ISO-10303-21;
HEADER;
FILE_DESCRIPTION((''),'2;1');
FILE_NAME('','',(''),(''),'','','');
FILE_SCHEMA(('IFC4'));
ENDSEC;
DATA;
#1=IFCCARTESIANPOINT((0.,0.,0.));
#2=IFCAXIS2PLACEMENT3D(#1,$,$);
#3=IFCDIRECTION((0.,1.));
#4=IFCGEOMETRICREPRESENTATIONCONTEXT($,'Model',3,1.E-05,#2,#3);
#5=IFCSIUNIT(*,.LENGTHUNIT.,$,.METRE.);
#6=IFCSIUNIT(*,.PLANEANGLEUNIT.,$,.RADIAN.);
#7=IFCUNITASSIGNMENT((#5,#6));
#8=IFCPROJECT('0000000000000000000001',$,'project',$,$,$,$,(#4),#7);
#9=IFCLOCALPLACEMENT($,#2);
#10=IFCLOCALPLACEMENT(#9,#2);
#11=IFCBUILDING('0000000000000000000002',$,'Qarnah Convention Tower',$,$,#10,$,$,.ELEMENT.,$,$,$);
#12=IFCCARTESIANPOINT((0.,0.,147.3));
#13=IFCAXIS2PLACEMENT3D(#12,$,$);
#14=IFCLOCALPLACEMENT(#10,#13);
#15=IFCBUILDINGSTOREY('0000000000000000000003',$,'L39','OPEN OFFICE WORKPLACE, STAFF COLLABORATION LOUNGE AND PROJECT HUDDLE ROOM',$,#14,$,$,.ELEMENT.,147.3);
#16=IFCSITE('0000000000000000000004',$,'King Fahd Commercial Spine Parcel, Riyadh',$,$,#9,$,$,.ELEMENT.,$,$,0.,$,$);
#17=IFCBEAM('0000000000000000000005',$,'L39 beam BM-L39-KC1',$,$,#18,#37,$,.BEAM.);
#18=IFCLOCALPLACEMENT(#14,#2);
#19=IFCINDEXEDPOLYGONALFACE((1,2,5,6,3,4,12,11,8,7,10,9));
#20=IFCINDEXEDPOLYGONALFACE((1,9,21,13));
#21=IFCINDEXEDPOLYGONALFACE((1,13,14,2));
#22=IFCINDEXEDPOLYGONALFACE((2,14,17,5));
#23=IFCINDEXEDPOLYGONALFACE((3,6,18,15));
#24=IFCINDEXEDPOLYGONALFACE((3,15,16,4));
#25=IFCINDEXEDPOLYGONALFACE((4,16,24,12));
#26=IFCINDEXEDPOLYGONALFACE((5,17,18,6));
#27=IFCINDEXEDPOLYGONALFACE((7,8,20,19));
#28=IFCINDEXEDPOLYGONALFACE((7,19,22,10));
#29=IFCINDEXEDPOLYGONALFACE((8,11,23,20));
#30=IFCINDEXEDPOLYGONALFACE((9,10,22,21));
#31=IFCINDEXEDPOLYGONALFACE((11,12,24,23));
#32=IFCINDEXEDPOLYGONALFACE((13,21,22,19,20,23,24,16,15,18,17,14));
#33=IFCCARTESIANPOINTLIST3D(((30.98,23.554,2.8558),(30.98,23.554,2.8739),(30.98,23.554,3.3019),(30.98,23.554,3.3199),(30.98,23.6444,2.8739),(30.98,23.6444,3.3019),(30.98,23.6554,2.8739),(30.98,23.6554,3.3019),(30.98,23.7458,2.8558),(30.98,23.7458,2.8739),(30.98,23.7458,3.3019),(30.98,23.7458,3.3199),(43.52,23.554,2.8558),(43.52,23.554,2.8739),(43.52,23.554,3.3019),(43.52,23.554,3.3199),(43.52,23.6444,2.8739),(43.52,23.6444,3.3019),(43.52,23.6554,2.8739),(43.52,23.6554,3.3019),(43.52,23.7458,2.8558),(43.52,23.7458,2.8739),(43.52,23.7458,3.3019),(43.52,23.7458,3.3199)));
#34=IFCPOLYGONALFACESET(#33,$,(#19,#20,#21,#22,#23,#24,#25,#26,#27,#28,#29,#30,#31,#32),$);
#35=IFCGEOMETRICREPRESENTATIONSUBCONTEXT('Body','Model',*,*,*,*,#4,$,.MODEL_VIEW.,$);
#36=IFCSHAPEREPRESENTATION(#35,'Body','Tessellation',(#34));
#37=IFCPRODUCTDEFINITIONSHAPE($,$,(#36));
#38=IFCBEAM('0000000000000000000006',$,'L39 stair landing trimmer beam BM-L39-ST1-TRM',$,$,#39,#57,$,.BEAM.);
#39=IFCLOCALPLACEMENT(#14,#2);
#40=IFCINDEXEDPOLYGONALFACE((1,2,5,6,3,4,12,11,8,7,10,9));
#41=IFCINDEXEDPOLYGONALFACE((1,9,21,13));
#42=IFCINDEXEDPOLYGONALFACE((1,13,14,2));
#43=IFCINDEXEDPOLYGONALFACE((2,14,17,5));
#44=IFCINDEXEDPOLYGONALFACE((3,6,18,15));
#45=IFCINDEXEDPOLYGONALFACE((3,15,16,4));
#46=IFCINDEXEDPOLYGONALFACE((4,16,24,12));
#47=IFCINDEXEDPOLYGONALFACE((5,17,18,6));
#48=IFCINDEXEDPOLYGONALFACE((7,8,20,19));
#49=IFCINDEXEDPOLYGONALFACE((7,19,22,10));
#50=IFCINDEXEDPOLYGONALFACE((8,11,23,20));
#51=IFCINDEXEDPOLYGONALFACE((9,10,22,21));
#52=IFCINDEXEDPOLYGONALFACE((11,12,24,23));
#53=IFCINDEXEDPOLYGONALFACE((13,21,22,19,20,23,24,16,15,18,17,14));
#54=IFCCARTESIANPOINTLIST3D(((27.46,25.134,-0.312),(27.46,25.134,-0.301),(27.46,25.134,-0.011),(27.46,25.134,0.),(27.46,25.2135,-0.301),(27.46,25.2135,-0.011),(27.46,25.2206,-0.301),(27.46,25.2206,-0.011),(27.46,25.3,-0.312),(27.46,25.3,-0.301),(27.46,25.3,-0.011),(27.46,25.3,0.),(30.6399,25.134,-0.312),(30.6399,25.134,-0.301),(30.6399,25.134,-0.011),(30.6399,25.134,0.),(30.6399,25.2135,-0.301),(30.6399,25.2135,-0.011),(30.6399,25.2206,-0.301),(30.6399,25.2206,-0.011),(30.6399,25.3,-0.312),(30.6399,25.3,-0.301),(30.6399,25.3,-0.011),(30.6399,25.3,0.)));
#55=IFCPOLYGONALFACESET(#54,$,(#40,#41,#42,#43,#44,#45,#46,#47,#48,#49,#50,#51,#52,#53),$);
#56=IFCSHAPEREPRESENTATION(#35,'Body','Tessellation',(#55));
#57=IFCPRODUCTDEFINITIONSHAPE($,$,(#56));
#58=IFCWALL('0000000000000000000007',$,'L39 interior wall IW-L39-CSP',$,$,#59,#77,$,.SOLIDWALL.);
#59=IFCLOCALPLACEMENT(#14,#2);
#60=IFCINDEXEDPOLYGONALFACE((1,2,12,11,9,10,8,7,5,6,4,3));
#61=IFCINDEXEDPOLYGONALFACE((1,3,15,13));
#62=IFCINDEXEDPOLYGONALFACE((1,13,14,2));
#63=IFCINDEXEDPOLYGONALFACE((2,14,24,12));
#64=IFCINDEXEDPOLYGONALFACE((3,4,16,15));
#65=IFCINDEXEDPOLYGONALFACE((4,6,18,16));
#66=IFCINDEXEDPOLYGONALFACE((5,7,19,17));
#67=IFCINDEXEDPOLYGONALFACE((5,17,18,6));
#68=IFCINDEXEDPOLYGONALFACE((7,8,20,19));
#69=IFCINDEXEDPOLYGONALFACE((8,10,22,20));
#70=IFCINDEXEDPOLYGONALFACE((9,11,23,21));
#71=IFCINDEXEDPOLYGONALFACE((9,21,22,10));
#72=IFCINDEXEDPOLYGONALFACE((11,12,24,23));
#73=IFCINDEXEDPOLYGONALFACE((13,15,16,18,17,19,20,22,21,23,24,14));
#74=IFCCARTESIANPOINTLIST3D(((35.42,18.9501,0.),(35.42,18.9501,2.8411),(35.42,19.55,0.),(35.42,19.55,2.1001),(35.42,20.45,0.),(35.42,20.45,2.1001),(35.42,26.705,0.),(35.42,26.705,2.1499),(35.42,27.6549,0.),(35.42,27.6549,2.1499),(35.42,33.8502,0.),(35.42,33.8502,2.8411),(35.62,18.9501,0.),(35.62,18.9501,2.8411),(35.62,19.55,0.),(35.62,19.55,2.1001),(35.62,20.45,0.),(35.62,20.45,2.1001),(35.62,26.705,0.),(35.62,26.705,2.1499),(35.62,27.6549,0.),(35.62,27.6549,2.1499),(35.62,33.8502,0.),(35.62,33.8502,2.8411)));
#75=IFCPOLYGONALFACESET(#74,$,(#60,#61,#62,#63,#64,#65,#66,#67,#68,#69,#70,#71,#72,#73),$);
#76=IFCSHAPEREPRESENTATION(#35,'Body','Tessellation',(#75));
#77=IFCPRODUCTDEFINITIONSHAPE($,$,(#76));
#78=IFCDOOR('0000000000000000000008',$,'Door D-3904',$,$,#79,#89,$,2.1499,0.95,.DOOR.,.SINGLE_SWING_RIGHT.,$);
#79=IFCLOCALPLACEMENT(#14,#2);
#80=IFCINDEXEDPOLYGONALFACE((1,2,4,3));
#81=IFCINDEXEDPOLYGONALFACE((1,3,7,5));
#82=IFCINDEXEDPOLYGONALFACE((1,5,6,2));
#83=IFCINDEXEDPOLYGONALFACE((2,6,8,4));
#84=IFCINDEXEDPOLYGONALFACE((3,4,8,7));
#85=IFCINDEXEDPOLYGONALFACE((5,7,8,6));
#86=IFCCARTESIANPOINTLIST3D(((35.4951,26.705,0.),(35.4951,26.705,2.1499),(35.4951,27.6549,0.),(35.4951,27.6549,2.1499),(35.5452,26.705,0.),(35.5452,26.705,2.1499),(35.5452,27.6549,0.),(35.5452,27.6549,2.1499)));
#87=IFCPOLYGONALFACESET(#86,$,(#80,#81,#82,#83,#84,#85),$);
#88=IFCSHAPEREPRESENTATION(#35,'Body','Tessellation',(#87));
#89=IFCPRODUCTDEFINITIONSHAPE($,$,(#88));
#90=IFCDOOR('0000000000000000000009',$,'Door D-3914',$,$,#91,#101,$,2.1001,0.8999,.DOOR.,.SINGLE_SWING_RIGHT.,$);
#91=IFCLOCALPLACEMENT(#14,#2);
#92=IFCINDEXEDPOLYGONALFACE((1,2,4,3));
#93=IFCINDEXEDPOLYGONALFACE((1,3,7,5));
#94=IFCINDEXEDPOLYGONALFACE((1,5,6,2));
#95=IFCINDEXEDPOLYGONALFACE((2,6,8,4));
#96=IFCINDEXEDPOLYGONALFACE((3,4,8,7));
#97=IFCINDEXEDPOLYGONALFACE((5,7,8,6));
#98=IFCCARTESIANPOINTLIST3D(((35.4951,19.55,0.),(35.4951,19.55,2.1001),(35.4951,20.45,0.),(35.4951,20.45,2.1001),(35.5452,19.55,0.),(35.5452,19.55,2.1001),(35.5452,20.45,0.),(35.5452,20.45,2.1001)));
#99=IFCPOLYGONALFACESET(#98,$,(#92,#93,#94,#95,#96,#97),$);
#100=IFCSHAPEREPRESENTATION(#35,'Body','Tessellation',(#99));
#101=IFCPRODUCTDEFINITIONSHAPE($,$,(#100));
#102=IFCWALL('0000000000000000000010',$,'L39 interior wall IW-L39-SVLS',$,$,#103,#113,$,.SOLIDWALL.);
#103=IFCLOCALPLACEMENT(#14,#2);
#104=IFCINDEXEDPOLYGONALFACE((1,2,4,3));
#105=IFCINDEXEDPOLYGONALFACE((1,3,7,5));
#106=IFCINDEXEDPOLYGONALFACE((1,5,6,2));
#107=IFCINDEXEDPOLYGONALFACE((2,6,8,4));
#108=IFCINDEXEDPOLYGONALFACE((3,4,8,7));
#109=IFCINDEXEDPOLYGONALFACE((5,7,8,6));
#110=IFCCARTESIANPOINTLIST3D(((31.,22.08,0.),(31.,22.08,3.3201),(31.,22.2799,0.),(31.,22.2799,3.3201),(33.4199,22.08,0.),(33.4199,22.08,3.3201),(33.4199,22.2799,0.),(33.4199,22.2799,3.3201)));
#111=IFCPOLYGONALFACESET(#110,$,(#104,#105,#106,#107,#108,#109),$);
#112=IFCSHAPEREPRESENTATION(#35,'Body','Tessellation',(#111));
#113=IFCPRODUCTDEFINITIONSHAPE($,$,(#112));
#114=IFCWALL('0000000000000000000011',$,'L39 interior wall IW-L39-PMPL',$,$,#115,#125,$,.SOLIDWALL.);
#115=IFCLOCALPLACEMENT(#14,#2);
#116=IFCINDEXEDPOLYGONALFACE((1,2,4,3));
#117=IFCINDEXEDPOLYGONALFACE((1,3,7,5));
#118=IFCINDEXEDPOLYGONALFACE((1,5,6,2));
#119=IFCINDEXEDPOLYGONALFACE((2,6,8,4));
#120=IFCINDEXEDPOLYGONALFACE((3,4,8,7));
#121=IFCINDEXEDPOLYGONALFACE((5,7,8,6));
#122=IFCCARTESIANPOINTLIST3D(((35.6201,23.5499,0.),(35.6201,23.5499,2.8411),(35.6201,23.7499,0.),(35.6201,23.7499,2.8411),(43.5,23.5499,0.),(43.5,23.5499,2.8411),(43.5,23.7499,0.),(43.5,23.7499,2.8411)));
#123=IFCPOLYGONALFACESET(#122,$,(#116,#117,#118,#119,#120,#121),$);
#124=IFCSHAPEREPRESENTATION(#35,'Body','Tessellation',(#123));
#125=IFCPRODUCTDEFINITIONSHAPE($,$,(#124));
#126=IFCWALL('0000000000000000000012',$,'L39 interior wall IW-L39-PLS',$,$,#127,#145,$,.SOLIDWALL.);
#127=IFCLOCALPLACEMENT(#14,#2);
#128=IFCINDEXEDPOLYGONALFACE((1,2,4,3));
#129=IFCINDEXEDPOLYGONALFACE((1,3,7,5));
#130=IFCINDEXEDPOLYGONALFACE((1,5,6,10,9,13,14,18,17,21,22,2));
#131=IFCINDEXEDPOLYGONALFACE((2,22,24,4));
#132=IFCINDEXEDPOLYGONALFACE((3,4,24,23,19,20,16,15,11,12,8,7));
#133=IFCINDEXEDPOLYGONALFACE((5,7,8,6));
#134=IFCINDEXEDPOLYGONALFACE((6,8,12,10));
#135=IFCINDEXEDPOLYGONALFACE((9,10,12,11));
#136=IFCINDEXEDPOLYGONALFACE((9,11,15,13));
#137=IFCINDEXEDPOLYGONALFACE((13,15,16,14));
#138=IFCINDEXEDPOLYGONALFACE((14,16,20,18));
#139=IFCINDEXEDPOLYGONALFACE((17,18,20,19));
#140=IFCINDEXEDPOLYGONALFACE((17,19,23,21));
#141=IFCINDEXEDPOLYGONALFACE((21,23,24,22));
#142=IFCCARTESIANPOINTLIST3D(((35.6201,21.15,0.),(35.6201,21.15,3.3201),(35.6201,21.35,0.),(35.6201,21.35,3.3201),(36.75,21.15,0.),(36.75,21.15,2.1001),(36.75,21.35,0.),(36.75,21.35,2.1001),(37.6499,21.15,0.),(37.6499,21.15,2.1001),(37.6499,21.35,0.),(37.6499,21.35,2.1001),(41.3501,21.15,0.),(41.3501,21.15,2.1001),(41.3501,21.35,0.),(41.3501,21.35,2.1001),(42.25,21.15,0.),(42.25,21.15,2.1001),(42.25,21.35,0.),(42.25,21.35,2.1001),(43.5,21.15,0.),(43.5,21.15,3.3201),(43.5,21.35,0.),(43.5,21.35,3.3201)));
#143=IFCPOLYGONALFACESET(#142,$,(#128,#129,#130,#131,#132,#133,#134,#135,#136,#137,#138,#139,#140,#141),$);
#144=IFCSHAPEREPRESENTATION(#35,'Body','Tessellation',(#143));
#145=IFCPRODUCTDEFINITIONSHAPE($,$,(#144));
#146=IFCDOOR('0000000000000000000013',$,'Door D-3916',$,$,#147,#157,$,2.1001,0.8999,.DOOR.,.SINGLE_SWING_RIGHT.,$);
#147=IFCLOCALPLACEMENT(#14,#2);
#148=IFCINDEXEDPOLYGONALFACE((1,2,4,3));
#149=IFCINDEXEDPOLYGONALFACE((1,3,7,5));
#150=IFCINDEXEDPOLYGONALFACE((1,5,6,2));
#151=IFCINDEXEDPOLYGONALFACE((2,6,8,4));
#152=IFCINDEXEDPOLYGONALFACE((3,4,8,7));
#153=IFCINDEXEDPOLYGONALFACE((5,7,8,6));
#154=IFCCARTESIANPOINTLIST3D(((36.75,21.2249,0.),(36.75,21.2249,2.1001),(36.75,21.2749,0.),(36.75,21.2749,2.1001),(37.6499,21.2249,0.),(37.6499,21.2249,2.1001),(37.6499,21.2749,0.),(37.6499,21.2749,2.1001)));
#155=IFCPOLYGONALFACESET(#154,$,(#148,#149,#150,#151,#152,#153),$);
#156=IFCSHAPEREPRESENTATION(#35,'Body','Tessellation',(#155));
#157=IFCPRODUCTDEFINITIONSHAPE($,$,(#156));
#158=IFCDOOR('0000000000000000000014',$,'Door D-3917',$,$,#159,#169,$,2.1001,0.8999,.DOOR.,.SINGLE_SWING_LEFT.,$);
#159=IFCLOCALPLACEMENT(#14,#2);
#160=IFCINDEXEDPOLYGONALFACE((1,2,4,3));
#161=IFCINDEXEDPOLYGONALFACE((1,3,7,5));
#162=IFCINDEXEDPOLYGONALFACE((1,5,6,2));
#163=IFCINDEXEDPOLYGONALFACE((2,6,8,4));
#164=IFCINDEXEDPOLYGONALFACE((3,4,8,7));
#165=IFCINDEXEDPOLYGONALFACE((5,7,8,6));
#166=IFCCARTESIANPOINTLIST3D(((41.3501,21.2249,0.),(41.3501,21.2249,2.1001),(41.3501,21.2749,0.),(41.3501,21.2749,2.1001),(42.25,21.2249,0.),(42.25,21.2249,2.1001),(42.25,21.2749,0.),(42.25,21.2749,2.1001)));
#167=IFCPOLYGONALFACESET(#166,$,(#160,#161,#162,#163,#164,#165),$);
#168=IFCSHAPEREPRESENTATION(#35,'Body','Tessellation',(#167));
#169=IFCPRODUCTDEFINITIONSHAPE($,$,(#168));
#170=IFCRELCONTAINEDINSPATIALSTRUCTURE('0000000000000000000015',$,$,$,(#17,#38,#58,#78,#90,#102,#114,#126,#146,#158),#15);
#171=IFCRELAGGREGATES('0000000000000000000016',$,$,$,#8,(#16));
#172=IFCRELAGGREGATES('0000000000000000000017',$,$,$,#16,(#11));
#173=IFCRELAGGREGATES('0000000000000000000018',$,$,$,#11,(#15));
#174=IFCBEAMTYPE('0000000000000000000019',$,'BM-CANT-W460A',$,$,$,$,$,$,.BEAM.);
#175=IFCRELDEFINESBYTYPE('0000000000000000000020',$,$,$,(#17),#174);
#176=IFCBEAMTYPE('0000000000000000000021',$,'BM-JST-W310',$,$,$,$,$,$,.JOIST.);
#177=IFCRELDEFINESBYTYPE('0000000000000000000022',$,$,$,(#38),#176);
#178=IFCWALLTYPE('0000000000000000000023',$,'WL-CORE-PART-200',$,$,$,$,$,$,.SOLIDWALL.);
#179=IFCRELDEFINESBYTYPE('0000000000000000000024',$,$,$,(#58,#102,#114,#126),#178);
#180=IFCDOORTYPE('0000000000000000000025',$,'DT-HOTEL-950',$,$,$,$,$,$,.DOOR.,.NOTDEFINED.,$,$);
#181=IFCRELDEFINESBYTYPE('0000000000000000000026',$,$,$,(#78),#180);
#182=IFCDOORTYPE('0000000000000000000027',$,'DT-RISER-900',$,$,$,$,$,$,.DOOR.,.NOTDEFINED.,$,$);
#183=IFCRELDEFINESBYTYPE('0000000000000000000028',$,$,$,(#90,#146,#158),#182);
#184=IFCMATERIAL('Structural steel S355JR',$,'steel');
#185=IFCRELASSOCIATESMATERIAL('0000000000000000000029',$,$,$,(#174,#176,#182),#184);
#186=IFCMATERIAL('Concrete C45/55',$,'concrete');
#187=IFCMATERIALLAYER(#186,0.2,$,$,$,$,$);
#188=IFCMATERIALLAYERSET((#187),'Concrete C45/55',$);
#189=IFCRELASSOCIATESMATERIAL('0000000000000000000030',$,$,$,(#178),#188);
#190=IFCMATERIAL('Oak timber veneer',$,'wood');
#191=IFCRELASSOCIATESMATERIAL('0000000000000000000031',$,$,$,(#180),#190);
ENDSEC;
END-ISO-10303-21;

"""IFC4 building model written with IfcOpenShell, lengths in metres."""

from ifc_helpers import new_model, si_unit, direction, frame, frame_2d, origin, origin_2d, place, context, subcontext, project, spatial, rectangle, i_section, extrude, material, layer, layer_set, material_profile, profile_set, type_object, element, fill, save


model = new_model("IFC4")

# Units and contexts
model_context = context("Model", 3, precision=1e-05, world=origin(), true_north=direction((0.0, 1.0)))
body_context = subcontext(model_context, "Body", "Model", "MODEL_VIEW")
ifc_project = project(units=[si_unit("LENGTHUNIT", "METRE"), si_unit("PLANEANGLEUNIT", "RADIAN")], contexts=[model_context])

# Site, building, storey
site_placement = place(None, origin())
site = spatial("IfcSite", under=ifc_project, at=site_placement, Name="King Fahd Commercial Spine Parcel, Riyadh", CompositionType="ELEMENT", RefElevation=0.0)
building_placement = place(site_placement, origin())
building = spatial("IfcBuilding", under=site, at=building_placement, Name="Qarnah Convention Tower", CompositionType="ELEMENT")
storey_placement = place(building_placement, frame((0.0, 0.0, 147.3)))
storey = spatial("IfcBuildingStorey", under=building, at=storey_placement, Name="L39", Description="OPEN OFFICE WORKPLACE, STAFF COLLABORATION LOUNGE AND PROJECT HUDDLE ROOM", CompositionType="ELEMENT", Elevation=147.3)

# Beams
ifc_material_1 = material(Name="Structural steel S355JR", Category="steel")
ifc_material_profile_1 = material_profile(ifc_material_1, i_section(OverallWidth=0.1919, OverallDepth=0.4641, WebThickness=0.011, FlangeThickness=0.0181, at=origin_2d()), Name="W460X89")
ifc_profile_set_1 = profile_set([ifc_material_profile_1], Name="Structural steel S355JR")
beam_type_1 = type_object("IfcBeamType", Name="BM-CANT-W460A", PredefinedType="BEAM", material=ifc_profile_set_1)
beam_1_placement = place(storey_placement, frame((30.98, 23.6499, 3.0879), z_axis=(1.0, 0.0, 0.0), x_axis=(0.0, 1.0, 0.0)))
element("IfcBeam", 1, at=beam_1_placement, inside=storey, type_object=beam_type_1, Name="L39 beam BM-L39-KC1", PredefinedType="BEAM", context=body_context, shape_type="SweptSolid", body=[
    extrude(i_section(OverallWidth=0.1919, OverallDepth=0.4641, WebThickness=0.011, FlangeThickness=0.0181, at=origin_2d()), origin(), (0.0, 0.0, 1.0), 12.54),
])
ifc_material_profile_2 = material_profile(ifc_material_1, i_section(OverallWidth=0.166, OverallDepth=0.312, WebThickness=0.0071, FlangeThickness=0.011, at=origin_2d()), Name="W310X45")
ifc_profile_set_2 = profile_set([ifc_material_profile_2], Name="Structural steel S355JR")
beam_type_2 = type_object("IfcBeamType", Name="BM-JST-W310", PredefinedType="JOIST", material=ifc_profile_set_2)
beam_2_placement = place(storey_placement, frame((27.46, 25.217, -0.156), z_axis=(1.0, 0.0, 0.0), x_axis=(0.0, 1.0, 0.0)))
element("IfcBeam", 2, at=beam_2_placement, inside=storey, type_object=beam_type_2, Name="L39 stair landing trimmer beam BM-L39-ST1-TRM", PredefinedType="BEAM", context=body_context, shape_type="SweptSolid", body=[
    extrude(i_section(OverallWidth=0.166, OverallDepth=0.312, WebThickness=0.0071, FlangeThickness=0.011, at=origin_2d()), origin(), (0.0, 0.0, 1.0), 3.1799),
])

# Wall, openings, doors
ifc_material_2 = material(Name="Concrete C45/55", Category="concrete")
ifc_layer_1 = layer(ifc_material_2, 0.2)
ifc_layer_set_1 = layer_set([ifc_layer_1], Name="Concrete C45/55")
wall_type_1 = type_object("IfcWallType", Name="WL-CORE-PART-200", PredefinedType="SOLIDWALL", material=ifc_layer_set_1)
wall_1_placement = place(storey_placement, frame((35.52, 18.95, 0.0), z_axis=(0.0, 0.0, 1.0), x_axis=(0.0, 1.0, 0.0)))
wall_1 = element("IfcWall", 3, at=wall_1_placement, inside=storey, type_object=wall_type_1, Name="L39 interior wall IW-L39-CSP", PredefinedType="SOLIDWALL", context=body_context, shape_type="SweptSolid", body=[
    extrude(rectangle(XDim=14.9001, YDim=0.2, at=frame_2d((7.4502, 0.0))), origin(), (0.0, 0.0, 1.0), 2.8411),
])
opening_1_placement = place(wall_1_placement, frame((7.7549, 0.0, 0.0)))
opening_1 = element("IfcOpeningElement", 4, at=opening_1_placement, cuts=wall_1, PredefinedType="OPENING", context=body_context, shape_type="SweptSolid", body=[
    extrude(rectangle(XDim=0.95, YDim=2.1499, at=frame_2d((0.4751, 1.075))), frame((0.0, 0.1099, 0.0), z_axis=(0.0, -1.0, 0.0), x_axis=(1.0, 0.0, 0.0)), (0.0, 0.0, 1.0), 0.22),
])
opening_2_placement = place(wall_1_placement, frame((0.6001, 0.0, 0.0)))
opening_2 = element("IfcOpeningElement", 5, at=opening_2_placement, cuts=wall_1, PredefinedType="OPENING", context=body_context, shape_type="SweptSolid", body=[
    extrude(rectangle(XDim=0.8999, YDim=2.1001, at=frame_2d((0.45, 1.05))), frame((0.0, 0.1099, 0.0), z_axis=(0.0, -1.0, 0.0), x_axis=(1.0, 0.0, 0.0)), (0.0, 0.0, 1.0), 0.22),
])
ifc_material_3 = material(Name="Oak timber veneer", Category="wood")
door_type_1 = type_object("IfcDoorType", Name="DT-HOTEL-950", OperationType="NOTDEFINED", PredefinedType="DOOR", material=ifc_material_3)
door_1_placement = place(opening_1_placement, origin())
door_1 = element("IfcDoor", 6, at=door_1_placement, inside=storey, type_object=door_type_1, Name="Door D-3904", OperationType="SINGLE_SWING_RIGHT", OverallHeight=2.1499, OverallWidth=0.95, PredefinedType="DOOR", context=body_context, shape_type="SweptSolid", body=[
    extrude(rectangle(XDim=0.95, YDim=2.1499, at=frame_2d((0.4751, 1.075))), frame((0.0, 0.0249, 0.0), z_axis=(0.0, -1.0, 0.0), x_axis=(1.0, 0.0, 0.0)), (0.0, 0.0, 1.0), 0.05),
])
fill(opening_1, door_1)
door_type_2 = type_object("IfcDoorType", Name="DT-RISER-900", OperationType="NOTDEFINED", PredefinedType="DOOR", material=ifc_material_1)
door_2_placement = place(opening_2_placement, origin())
door_2 = element("IfcDoor", 7, at=door_2_placement, inside=storey, type_object=door_type_2, Name="Door D-3914", OperationType="SINGLE_SWING_RIGHT", OverallHeight=2.1001, OverallWidth=0.8999, PredefinedType="DOOR", context=body_context, shape_type="SweptSolid", body=[
    extrude(rectangle(XDim=0.8999, YDim=2.1001, at=frame_2d((0.45, 1.05))), frame((0.0, 0.0249, 0.0), z_axis=(0.0, -1.0, 0.0), x_axis=(1.0, 0.0, 0.0)), (0.0, 0.0, 1.0), 0.05),
])
fill(opening_2, door_2)

# Walls
wall_2_placement = place(storey_placement, frame((31.0, 22.1799, 0.0), z_axis=(0.0, 0.0, 1.0), x_axis=(1.0, 0.0, 0.0)))
element("IfcWall", 8, at=wall_2_placement, inside=storey, type_object=wall_type_1, Name="L39 interior wall IW-L39-SVLS", PredefinedType="SOLIDWALL", context=body_context, shape_type="SweptSolid", body=[
    extrude(rectangle(XDim=2.4199, YDim=0.2, at=frame_2d((1.21, 0.0))), origin(), (0.0, 0.0, 1.0), 3.3201),
])
wall_3_placement = place(storey_placement, frame((35.6201, 23.6499, 0.0), z_axis=(0.0, 0.0, 1.0), x_axis=(1.0, 0.0, 0.0)))
element("IfcWall", 9, at=wall_3_placement, inside=storey, type_object=wall_type_1, Name="L39 interior wall IW-L39-PMPL", PredefinedType="SOLIDWALL", context=body_context, shape_type="SweptSolid", body=[
    extrude(rectangle(XDim=7.8799, YDim=0.2, at=frame_2d((3.9399, 0.0))), origin(), (0.0, 0.0, 1.0), 2.8411),
])

# Wall, openings, doors
wall_4_placement = place(storey_placement, frame((35.6201, 21.25, 0.0), z_axis=(0.0, 0.0, 1.0), x_axis=(1.0, 0.0, 0.0)))
wall_4 = element("IfcWall", 10, at=wall_4_placement, inside=storey, type_object=wall_type_1, Name="L39 interior wall IW-L39-PLS", PredefinedType="SOLIDWALL", context=body_context, shape_type="SweptSolid", body=[
    extrude(rectangle(XDim=7.8799, YDim=0.2, at=frame_2d((3.9399, 0.0))), origin(), (0.0, 0.0, 1.0), 3.3201),
])
opening_3_placement = place(wall_4_placement, frame((1.1299, 0.0, 0.0)))
opening_3 = element("IfcOpeningElement", 11, at=opening_3_placement, cuts=wall_4, PredefinedType="OPENING", context=body_context, shape_type="SweptSolid", body=[
    extrude(rectangle(XDim=0.8999, YDim=2.1001, at=frame_2d((0.45, 1.05))), frame((0.0, 0.1099, 0.0), z_axis=(0.0, -1.0, 0.0), x_axis=(1.0, 0.0, 0.0)), (0.0, 0.0, 1.0), 0.22),
])
opening_4_placement = place(wall_4_placement, frame((5.73, 0.0, 0.0)))
opening_4 = element("IfcOpeningElement", 12, at=opening_4_placement, cuts=wall_4, PredefinedType="OPENING", context=body_context, shape_type="SweptSolid", body=[
    extrude(rectangle(XDim=0.8999, YDim=2.1001, at=frame_2d((0.45, 1.05))), frame((0.0, 0.1099, 0.0), z_axis=(0.0, -1.0, 0.0), x_axis=(1.0, 0.0, 0.0)), (0.0, 0.0, 1.0), 0.22),
])
door_3_placement = place(opening_3_placement, origin())
door_3 = element("IfcDoor", 13, at=door_3_placement, inside=storey, type_object=door_type_2, Name="Door D-3916", OperationType="SINGLE_SWING_RIGHT", OverallHeight=2.1001, OverallWidth=0.8999, PredefinedType="DOOR", context=body_context, shape_type="SweptSolid", body=[
    extrude(rectangle(XDim=0.8999, YDim=2.1001, at=frame_2d((0.45, 1.05))), frame((0.0, 0.0249, 0.0), z_axis=(0.0, -1.0, 0.0), x_axis=(1.0, 0.0, 0.0)), (0.0, 0.0, 1.0), 0.05),
])
fill(opening_3, door_3)
door_4_placement = place(opening_4_placement, origin())
door_4 = element("IfcDoor", 14, at=door_4_placement, inside=storey, type_object=door_type_2, Name="Door D-3917", OperationType="SINGLE_SWING_LEFT", OverallHeight=2.1001, OverallWidth=0.8999, PredefinedType="DOOR", context=body_context, shape_type="SweptSolid", body=[
    extrude(rectangle(XDim=0.8999, YDim=2.1001, at=frame_2d((0.45, 1.05))), frame((0.0, 0.0249, 0.0), z_axis=(0.0, -1.0, 0.0), x_axis=(1.0, 0.0, 0.0)), (0.0, 0.0, 1.0), 0.05),
])
fill(opening_4, door_4)

save(model, "model.ifc")
